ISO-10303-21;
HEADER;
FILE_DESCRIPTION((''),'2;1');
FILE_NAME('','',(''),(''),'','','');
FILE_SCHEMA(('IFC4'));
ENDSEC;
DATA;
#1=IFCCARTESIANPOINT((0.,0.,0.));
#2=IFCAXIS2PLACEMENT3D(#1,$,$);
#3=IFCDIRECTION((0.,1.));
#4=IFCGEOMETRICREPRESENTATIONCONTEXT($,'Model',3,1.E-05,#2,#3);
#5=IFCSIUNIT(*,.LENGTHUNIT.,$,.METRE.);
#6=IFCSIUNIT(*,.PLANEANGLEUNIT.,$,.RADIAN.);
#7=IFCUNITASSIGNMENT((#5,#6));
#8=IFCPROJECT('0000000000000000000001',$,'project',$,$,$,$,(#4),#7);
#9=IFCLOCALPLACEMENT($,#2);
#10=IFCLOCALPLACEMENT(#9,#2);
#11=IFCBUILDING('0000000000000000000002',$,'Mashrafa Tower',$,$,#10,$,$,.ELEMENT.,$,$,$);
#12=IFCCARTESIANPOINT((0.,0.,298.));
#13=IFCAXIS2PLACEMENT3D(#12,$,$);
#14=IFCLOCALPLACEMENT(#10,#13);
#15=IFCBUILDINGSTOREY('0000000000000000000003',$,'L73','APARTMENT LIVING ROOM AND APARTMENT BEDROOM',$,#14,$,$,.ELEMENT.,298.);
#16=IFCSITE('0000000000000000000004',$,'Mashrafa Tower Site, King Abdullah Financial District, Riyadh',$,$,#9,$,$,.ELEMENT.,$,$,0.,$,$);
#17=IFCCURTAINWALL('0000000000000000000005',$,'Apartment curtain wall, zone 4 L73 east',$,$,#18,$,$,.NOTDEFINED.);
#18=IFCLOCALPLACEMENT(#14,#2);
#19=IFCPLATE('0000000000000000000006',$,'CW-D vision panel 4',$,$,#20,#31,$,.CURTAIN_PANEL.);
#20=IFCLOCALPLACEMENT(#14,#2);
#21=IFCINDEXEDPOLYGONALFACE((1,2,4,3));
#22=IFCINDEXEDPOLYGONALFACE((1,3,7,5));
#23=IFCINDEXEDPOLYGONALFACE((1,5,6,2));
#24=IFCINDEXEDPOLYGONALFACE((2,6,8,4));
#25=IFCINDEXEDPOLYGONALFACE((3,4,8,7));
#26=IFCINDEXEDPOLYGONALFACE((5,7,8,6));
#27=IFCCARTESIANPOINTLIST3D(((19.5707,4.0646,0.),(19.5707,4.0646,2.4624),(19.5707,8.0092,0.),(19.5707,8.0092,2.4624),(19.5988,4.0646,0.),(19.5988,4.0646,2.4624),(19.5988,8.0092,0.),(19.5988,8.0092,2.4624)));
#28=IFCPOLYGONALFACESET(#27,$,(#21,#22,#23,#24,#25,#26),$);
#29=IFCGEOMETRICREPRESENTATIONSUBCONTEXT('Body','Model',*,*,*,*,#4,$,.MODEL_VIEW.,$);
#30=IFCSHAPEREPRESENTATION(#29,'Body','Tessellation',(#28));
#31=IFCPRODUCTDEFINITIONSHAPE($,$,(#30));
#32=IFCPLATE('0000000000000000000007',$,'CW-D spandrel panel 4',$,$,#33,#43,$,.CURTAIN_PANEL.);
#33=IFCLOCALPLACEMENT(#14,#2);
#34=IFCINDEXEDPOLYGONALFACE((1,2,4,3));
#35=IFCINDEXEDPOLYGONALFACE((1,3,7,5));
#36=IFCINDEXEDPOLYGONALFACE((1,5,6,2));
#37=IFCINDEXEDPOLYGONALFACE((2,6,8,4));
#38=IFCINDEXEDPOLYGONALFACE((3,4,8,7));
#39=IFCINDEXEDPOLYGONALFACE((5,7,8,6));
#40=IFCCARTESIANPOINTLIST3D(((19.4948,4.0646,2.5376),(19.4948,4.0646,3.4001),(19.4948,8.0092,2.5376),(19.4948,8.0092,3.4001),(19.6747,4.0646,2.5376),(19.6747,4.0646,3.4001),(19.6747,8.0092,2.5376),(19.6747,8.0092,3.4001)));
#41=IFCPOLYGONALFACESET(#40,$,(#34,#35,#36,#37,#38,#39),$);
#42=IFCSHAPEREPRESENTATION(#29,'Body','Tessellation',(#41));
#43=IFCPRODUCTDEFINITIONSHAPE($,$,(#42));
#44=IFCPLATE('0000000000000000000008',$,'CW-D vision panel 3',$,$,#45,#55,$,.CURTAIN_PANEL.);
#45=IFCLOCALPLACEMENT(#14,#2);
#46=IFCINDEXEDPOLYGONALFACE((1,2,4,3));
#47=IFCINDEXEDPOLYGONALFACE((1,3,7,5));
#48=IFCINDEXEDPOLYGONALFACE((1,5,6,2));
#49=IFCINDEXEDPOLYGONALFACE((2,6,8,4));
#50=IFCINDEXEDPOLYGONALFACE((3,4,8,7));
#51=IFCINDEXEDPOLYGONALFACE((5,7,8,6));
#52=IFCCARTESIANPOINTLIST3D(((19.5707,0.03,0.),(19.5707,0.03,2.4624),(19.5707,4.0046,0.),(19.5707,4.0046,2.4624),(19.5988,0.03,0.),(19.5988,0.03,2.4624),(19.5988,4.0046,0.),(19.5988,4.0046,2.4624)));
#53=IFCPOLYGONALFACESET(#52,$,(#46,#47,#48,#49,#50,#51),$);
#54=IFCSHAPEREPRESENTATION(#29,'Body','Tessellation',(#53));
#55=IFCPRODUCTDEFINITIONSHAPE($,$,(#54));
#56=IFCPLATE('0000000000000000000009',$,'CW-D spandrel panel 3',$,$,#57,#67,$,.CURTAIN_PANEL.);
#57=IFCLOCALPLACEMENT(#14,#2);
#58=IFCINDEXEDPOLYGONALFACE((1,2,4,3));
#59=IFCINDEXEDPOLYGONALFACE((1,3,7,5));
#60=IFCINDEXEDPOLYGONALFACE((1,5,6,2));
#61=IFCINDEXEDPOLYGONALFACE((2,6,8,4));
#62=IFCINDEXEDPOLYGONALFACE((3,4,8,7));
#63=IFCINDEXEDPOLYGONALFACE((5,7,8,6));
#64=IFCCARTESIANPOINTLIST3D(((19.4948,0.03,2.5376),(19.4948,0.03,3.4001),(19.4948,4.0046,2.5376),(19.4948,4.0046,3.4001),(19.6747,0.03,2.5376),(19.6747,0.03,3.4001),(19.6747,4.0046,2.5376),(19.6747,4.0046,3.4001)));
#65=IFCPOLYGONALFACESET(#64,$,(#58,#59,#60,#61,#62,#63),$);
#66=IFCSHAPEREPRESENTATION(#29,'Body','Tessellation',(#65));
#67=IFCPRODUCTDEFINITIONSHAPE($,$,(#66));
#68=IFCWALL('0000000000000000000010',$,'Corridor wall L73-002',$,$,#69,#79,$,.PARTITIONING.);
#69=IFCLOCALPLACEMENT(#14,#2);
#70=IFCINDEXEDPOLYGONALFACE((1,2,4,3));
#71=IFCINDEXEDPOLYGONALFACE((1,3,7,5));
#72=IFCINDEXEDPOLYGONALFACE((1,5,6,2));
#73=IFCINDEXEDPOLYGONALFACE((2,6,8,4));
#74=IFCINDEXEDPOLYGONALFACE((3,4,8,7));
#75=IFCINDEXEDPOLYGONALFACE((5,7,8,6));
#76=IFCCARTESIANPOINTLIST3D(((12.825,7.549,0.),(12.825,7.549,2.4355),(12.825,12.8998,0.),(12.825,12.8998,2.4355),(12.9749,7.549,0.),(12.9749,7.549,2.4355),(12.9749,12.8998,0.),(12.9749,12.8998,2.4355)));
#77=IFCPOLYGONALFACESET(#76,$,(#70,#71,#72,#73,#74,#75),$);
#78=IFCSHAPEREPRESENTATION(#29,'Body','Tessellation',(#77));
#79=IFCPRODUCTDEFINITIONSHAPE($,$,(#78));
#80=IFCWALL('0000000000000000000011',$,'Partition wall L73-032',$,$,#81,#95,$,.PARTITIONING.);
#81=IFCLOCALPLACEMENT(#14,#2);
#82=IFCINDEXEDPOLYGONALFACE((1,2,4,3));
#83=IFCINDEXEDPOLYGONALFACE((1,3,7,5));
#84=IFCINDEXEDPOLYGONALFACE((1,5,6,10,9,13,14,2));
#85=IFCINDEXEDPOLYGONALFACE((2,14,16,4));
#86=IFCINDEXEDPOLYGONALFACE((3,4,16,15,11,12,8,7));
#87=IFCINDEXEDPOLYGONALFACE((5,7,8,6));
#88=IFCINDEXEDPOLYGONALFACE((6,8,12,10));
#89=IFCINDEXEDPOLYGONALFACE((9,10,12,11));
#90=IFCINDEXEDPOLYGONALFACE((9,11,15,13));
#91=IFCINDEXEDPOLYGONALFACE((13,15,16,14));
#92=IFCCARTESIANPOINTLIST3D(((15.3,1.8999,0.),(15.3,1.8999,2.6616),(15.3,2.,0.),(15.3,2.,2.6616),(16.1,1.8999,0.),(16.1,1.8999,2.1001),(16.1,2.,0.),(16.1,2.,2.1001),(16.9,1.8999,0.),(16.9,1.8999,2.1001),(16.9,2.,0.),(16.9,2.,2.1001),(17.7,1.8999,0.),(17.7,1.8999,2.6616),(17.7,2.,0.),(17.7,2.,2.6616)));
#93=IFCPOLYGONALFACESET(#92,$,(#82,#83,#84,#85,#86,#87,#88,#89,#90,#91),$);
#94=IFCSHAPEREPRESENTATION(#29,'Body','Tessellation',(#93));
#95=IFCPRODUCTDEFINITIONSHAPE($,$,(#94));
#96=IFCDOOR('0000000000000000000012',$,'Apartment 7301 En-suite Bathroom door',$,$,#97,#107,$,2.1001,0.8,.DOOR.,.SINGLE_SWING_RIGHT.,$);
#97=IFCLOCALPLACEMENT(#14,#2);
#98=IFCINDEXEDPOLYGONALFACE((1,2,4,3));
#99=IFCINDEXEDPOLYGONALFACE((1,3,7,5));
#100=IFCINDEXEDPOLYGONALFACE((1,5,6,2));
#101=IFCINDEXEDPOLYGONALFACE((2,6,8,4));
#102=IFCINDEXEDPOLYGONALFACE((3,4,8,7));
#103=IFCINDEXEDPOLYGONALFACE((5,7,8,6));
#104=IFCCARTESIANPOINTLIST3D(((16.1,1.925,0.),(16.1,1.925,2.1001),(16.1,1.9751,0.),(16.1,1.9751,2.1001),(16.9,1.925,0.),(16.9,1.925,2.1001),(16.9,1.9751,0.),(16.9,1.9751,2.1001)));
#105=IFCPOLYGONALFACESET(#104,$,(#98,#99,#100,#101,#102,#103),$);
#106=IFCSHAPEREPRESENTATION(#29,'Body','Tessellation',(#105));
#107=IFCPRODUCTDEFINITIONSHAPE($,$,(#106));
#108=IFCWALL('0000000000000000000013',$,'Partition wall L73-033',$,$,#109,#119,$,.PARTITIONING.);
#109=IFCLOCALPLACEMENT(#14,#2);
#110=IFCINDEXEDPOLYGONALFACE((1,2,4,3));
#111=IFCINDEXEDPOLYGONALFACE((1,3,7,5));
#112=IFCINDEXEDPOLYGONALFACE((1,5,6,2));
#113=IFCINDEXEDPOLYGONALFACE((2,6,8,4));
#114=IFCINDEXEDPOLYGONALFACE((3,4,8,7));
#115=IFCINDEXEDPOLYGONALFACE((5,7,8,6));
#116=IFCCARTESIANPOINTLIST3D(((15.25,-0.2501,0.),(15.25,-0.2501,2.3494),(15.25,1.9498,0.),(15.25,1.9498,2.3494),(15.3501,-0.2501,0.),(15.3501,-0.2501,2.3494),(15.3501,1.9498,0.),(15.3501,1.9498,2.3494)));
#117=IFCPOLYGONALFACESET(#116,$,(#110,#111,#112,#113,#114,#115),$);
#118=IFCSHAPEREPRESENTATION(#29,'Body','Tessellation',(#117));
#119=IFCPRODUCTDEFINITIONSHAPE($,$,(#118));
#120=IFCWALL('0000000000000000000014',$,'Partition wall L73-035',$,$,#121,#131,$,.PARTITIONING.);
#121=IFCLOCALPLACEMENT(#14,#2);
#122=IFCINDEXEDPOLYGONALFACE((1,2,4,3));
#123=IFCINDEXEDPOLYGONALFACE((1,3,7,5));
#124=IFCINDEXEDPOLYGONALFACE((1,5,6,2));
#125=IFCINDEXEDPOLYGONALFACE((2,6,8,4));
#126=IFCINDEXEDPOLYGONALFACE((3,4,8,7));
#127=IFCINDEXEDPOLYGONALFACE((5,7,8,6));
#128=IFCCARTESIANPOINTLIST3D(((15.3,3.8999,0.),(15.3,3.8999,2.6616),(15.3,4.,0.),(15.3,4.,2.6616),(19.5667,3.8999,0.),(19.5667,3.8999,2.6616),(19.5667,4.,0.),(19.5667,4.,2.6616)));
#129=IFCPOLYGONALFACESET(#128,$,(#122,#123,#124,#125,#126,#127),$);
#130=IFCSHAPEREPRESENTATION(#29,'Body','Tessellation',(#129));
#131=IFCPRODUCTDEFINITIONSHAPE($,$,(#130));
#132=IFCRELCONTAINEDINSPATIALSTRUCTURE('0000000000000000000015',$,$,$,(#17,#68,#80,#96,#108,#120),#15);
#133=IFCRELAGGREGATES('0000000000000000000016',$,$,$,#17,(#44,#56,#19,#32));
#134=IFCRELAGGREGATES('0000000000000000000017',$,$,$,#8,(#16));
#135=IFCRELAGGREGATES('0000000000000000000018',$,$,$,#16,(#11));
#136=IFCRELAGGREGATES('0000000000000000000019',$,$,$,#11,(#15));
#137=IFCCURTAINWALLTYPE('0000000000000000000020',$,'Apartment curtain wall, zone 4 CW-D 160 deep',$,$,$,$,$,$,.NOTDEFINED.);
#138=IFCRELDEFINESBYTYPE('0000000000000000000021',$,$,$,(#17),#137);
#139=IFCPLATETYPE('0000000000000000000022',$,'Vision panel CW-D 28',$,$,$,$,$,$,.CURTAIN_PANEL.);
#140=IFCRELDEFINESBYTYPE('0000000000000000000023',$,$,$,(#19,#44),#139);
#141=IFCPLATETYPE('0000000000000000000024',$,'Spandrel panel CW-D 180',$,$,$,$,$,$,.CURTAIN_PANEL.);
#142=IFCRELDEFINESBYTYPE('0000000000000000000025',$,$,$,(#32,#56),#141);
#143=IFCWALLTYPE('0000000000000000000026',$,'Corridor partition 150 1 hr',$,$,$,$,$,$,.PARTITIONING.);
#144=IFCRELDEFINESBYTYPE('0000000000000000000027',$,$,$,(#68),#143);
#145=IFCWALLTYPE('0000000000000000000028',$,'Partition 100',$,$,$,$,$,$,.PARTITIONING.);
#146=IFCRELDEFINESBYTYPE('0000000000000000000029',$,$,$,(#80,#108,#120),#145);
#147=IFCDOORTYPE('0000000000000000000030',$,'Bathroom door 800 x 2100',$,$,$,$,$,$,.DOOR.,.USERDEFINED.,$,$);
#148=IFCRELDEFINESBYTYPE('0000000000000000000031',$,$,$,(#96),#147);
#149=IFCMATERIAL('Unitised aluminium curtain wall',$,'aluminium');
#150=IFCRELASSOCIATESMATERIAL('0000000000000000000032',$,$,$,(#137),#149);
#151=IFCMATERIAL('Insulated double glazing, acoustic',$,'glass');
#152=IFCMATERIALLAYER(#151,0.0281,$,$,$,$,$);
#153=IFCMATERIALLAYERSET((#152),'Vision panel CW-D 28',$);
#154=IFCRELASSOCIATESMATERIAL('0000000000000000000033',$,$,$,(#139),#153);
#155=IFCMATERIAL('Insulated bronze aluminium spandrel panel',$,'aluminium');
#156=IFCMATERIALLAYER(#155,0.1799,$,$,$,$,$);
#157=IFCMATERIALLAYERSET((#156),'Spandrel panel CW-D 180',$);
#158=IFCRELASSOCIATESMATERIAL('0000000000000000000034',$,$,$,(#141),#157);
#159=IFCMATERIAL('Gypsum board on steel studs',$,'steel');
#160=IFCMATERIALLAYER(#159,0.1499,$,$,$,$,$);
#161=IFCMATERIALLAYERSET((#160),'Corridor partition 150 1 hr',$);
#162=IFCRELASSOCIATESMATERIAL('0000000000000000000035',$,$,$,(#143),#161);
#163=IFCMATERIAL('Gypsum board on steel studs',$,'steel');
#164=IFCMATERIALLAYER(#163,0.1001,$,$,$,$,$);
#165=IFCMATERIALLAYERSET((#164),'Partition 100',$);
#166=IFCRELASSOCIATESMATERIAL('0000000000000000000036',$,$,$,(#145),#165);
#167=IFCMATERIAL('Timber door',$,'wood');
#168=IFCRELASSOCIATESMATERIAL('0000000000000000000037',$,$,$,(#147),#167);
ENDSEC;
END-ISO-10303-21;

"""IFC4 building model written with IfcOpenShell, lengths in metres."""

from ifc_helpers import new_model, si_unit, direction, frame, frame_2d, origin, origin_2d, place, context, subcontext, project, spatial, rectangle, extrude, source, transform, mapped, material, layer, layer_set, type_object, type_shapes, element, fill, aggregate, save


model = new_model("IFC4")

# Units and contexts
model_context = context("Model", 3, precision=1e-05, world=origin(), true_north=direction((0.0, 1.0)))
body_context = subcontext(model_context, "Body", "Model", "MODEL_VIEW")
ifc_project = project(units=[si_unit("LENGTHUNIT", "METRE"), si_unit("PLANEANGLEUNIT", "RADIAN")], contexts=[model_context])

# Site, building, storey
site_placement = place(None, origin())
site = spatial("IfcSite", under=ifc_project, at=site_placement, Name="Mashrafa Tower Site, King Abdullah Financial District, Riyadh", CompositionType="ELEMENT", RefElevation=0.0)
building_placement = place(site_placement, origin())
building = spatial("IfcBuilding", under=site, at=building_placement, Name="Mashrafa Tower", CompositionType="ELEMENT")
storey_placement = place(building_placement, frame((0.0, 0.0, 298.0)))
storey = spatial("IfcBuildingStorey", under=building, at=storey_placement, Name="L73", Description="APARTMENT LIVING ROOM AND APARTMENT BEDROOM", CompositionType="ELEMENT", Elevation=298.0)

# Curtain wall, plates
ifc_material_1 = material(Name="Unitised aluminium curtain wall", Category="aluminium")
curtain_wall_type = type_object("IfcCurtainWallType", Name="Apartment curtain wall, zone 4 CW-D 160 deep", PredefinedType="NOTDEFINED", material=ifc_material_1)
curtain_wall_placement = place(storey_placement, origin())
curtain_wall = element("IfcCurtainWall", 1, at=curtain_wall_placement, inside=storey, type_object=curtain_wall_type, Name="Apartment curtain wall, zone 4 L73 east", PredefinedType="NOTDEFINED")
ifc_material_2 = material(Name="Insulated double glazing, acoustic", Category="glass")
ifc_layer_1 = layer(ifc_material_2, 0.0281)
ifc_layer_set_1 = layer_set([ifc_layer_1], Name="Vision panel CW-D 28")
plate_type_1 = type_object("IfcPlateType", Name="Vision panel CW-D 28", PredefinedType="CURTAIN_PANEL", material=ifc_layer_set_1)
shared_shape_1 = source(origin(), body_context, "Body", "SweptSolid", [
    extrude(rectangle(XDim=3.9446, YDim=0.0281, at=origin_2d()), origin(), (0.0, 0.0, 1.0), 2.4624),
])
plate_1_placement = place(storey_placement, frame((19.5847, 6.0369, 0.0), z_axis=(0.0, 0.0, 1.0), x_axis=(0.0, 1.0, 0.0)))
plate_1 = element("IfcPlate", 2, at=plate_1_placement, type_object=plate_type_1, Name="CW-D vision panel 4", PredefinedType="CURTAIN_PANEL", context=body_context, shape_type="MappedRepresentation", body=[
    mapped(shared_shape_1, transform((0.0, 0.0, 0.0))),
])
ifc_material_3 = material(Name="Insulated bronze aluminium spandrel panel", Category="aluminium")
ifc_layer_2 = layer(ifc_material_3, 0.1799)
ifc_layer_set_2 = layer_set([ifc_layer_2], Name="Spandrel panel CW-D 180")
plate_type_2 = type_object("IfcPlateType", Name="Spandrel panel CW-D 180", PredefinedType="CURTAIN_PANEL", material=ifc_layer_set_2)
shared_shape_2 = source(origin(), body_context, "Body", "SweptSolid", [
    extrude(rectangle(XDim=3.9446, YDim=0.1799, at=origin_2d()), origin(), (0.0, 0.0, 1.0), 0.8625),
])
plate_2_placement = place(storey_placement, frame((19.5847, 6.0369, 2.5376), z_axis=(0.0, 0.0, 1.0), x_axis=(0.0, 1.0, 0.0)))
plate_2 = element("IfcPlate", 3, at=plate_2_placement, type_object=plate_type_2, Name="CW-D spandrel panel 4", PredefinedType="CURTAIN_PANEL", context=body_context, shape_type="MappedRepresentation", body=[
    mapped(shared_shape_2, transform((0.0, 0.0, 0.0))),
])
shared_shape_3 = source(origin(), body_context, "Body", "SweptSolid", [
    extrude(rectangle(XDim=3.9746, YDim=0.0281, at=origin_2d()), origin(), (0.0, 0.0, 1.0), 2.4624),
])
type_shapes(plate_type_1, [shared_shape_1, shared_shape_3])
plate_3_placement = place(storey_placement, frame((19.5847, 2.0173, 0.0), z_axis=(0.0, 0.0, 1.0), x_axis=(0.0, 1.0, 0.0)))
plate_3 = element("IfcPlate", 4, at=plate_3_placement, type_object=plate_type_1, Name="CW-D vision panel 3", PredefinedType="CURTAIN_PANEL", context=body_context, shape_type="MappedRepresentation", body=[
    mapped(shared_shape_3, transform((0.0, 0.0, 0.0))),
])
shared_shape_4 = source(origin(), body_context, "Body", "SweptSolid", [
    extrude(rectangle(XDim=3.9746, YDim=0.1799, at=origin_2d()), origin(), (0.0, 0.0, 1.0), 0.8625),
])
type_shapes(plate_type_2, [shared_shape_2, shared_shape_4])
plate_4_placement = place(storey_placement, frame((19.5847, 2.0173, 2.5376), z_axis=(0.0, 0.0, 1.0), x_axis=(0.0, 1.0, 0.0)))
plate_4 = element("IfcPlate", 5, at=plate_4_placement, type_object=plate_type_2, Name="CW-D spandrel panel 3", PredefinedType="CURTAIN_PANEL", context=body_context, shape_type="MappedRepresentation", body=[
    mapped(shared_shape_4, transform((0.0, 0.0, 0.0))),
])
aggregate(curtain_wall, [plate_3, plate_4, plate_1, plate_2])

# Wall
ifc_material_4 = material(Name="Gypsum board on steel studs", Category="steel")
ifc_layer_3 = layer(ifc_material_4, 0.1499)
ifc_layer_set_3 = layer_set([ifc_layer_3], Name="Corridor partition 150 1 hr")
wall_type_1 = type_object("IfcWallType", Name="Corridor partition 150 1 hr", PredefinedType="PARTITIONING", material=ifc_layer_set_3)
wall_1_placement = place(storey_placement, frame((12.8999, 7.5491, 0.0), z_axis=(0.0, 0.0, 1.0), x_axis=(0.0, 1.0, 0.0)))
element("IfcWall", 6, at=wall_1_placement, inside=storey, type_object=wall_type_1, Name="Corridor wall L73-002", PredefinedType="PARTITIONING", context=body_context, shape_type="SweptSolid", body=[
    extrude(rectangle(XDim=5.3508, YDim=0.1499, at=frame_2d((2.6753, 0.0))), origin(), (0.0, 0.0, 1.0), 2.4355),
])

# Wall, opening, door
ifc_material_5 = material(Name="Gypsum board on steel studs", Category="steel")
ifc_layer_4 = layer(ifc_material_5, 0.1001)
ifc_layer_set_4 = layer_set([ifc_layer_4], Name="Partition 100")
wall_type_2 = type_object("IfcWallType", Name="Partition 100", PredefinedType="PARTITIONING", material=ifc_layer_set_4)
wall_2_placement = place(storey_placement, frame((17.7, 1.95, 0.0), z_axis=(0.0, 0.0, 1.0), x_axis=(-1.0, 0.0, 0.0)))
wall_2 = element("IfcWall", 7, at=wall_2_placement, inside=storey, type_object=wall_type_2, Name="Partition wall L73-032", PredefinedType="PARTITIONING", context=body_context, shape_type="SweptSolid", body=[
    extrude(rectangle(XDim=2.3999, YDim=0.1001, at=frame_2d((1.2, 0.0))), origin(), (0.0, 0.0, 1.0), 2.6616),
])
opening_1_placement = place(wall_2_placement, frame((0.8, 0.0, 0.0)))
opening_1 = element("IfcOpeningElement", 8, at=opening_1_placement, cuts=wall_2, PredefinedType="OPENING", context=body_context, shape_type="SweptSolid", body=[
    extrude(rectangle(XDim=0.8, YDim=2.1001, at=frame_2d((0.3999, 1.05))), frame((0.0, 0.0601, 0.0), z_axis=(0.0, -1.0, 0.0), x_axis=(1.0, 0.0, 0.0)), (0.0, 0.0, 1.0), 0.1201),
])
ifc_material_6 = material(Name="Timber door", Category="wood")
door_type_1 = type_object("IfcDoorType", Name="Bathroom door 800 x 2100", OperationType="USERDEFINED", PredefinedType="DOOR", material=ifc_material_6)
door_1_placement = place(opening_1_placement, origin())
door_1 = element("IfcDoor", 9, at=door_1_placement, inside=storey, type_object=door_type_1, Name="Apartment 7301 En-suite Bathroom door", OperationType="SINGLE_SWING_RIGHT", OverallHeight=2.1001, OverallWidth=0.8, PredefinedType="DOOR", context=body_context, shape_type="SweptSolid", body=[
    extrude(rectangle(XDim=0.8, YDim=2.1001, at=frame_2d((0.3999, 1.05))), frame((0.0, 0.0249, 0.0), z_axis=(0.0, -1.0, 0.0), x_axis=(1.0, 0.0, 0.0)), (0.0, 0.0, 1.0), 0.05),
])
fill(opening_1, door_1)

# Walls
wall_3_placement = place(storey_placement, frame((15.3, 1.95, 0.0), z_axis=(0.0, 0.0, 1.0), x_axis=(0.0, -1.0, 0.0)))
element("IfcWall", 10, at=wall_3_placement, inside=storey, type_object=wall_type_2, Name="Partition wall L73-033", PredefinedType="PARTITIONING", context=body_context, shape_type="SweptSolid", body=[
    extrude(rectangle(XDim=2.2, YDim=0.1001, at=frame_2d((1.1001, 0.0))), origin(), (0.0, 0.0, 1.0), 2.3494),
])
wall_4_placement = place(storey_placement, frame((19.5667, 3.95, 0.0), z_axis=(0.0, 0.0, 1.0), x_axis=(-1.0, 0.0, 0.0)))
element("IfcWall", 11, at=wall_4_placement, inside=storey, type_object=wall_type_2, Name="Partition wall L73-035", PredefinedType="PARTITIONING", context=body_context, shape_type="SweptSolid", body=[
    extrude(rectangle(XDim=4.2666, YDim=0.1001, at=frame_2d((2.1333, 0.0))), origin(), (0.0, 0.0, 1.0), 2.6616),
])

save(model, "model.ifc")
